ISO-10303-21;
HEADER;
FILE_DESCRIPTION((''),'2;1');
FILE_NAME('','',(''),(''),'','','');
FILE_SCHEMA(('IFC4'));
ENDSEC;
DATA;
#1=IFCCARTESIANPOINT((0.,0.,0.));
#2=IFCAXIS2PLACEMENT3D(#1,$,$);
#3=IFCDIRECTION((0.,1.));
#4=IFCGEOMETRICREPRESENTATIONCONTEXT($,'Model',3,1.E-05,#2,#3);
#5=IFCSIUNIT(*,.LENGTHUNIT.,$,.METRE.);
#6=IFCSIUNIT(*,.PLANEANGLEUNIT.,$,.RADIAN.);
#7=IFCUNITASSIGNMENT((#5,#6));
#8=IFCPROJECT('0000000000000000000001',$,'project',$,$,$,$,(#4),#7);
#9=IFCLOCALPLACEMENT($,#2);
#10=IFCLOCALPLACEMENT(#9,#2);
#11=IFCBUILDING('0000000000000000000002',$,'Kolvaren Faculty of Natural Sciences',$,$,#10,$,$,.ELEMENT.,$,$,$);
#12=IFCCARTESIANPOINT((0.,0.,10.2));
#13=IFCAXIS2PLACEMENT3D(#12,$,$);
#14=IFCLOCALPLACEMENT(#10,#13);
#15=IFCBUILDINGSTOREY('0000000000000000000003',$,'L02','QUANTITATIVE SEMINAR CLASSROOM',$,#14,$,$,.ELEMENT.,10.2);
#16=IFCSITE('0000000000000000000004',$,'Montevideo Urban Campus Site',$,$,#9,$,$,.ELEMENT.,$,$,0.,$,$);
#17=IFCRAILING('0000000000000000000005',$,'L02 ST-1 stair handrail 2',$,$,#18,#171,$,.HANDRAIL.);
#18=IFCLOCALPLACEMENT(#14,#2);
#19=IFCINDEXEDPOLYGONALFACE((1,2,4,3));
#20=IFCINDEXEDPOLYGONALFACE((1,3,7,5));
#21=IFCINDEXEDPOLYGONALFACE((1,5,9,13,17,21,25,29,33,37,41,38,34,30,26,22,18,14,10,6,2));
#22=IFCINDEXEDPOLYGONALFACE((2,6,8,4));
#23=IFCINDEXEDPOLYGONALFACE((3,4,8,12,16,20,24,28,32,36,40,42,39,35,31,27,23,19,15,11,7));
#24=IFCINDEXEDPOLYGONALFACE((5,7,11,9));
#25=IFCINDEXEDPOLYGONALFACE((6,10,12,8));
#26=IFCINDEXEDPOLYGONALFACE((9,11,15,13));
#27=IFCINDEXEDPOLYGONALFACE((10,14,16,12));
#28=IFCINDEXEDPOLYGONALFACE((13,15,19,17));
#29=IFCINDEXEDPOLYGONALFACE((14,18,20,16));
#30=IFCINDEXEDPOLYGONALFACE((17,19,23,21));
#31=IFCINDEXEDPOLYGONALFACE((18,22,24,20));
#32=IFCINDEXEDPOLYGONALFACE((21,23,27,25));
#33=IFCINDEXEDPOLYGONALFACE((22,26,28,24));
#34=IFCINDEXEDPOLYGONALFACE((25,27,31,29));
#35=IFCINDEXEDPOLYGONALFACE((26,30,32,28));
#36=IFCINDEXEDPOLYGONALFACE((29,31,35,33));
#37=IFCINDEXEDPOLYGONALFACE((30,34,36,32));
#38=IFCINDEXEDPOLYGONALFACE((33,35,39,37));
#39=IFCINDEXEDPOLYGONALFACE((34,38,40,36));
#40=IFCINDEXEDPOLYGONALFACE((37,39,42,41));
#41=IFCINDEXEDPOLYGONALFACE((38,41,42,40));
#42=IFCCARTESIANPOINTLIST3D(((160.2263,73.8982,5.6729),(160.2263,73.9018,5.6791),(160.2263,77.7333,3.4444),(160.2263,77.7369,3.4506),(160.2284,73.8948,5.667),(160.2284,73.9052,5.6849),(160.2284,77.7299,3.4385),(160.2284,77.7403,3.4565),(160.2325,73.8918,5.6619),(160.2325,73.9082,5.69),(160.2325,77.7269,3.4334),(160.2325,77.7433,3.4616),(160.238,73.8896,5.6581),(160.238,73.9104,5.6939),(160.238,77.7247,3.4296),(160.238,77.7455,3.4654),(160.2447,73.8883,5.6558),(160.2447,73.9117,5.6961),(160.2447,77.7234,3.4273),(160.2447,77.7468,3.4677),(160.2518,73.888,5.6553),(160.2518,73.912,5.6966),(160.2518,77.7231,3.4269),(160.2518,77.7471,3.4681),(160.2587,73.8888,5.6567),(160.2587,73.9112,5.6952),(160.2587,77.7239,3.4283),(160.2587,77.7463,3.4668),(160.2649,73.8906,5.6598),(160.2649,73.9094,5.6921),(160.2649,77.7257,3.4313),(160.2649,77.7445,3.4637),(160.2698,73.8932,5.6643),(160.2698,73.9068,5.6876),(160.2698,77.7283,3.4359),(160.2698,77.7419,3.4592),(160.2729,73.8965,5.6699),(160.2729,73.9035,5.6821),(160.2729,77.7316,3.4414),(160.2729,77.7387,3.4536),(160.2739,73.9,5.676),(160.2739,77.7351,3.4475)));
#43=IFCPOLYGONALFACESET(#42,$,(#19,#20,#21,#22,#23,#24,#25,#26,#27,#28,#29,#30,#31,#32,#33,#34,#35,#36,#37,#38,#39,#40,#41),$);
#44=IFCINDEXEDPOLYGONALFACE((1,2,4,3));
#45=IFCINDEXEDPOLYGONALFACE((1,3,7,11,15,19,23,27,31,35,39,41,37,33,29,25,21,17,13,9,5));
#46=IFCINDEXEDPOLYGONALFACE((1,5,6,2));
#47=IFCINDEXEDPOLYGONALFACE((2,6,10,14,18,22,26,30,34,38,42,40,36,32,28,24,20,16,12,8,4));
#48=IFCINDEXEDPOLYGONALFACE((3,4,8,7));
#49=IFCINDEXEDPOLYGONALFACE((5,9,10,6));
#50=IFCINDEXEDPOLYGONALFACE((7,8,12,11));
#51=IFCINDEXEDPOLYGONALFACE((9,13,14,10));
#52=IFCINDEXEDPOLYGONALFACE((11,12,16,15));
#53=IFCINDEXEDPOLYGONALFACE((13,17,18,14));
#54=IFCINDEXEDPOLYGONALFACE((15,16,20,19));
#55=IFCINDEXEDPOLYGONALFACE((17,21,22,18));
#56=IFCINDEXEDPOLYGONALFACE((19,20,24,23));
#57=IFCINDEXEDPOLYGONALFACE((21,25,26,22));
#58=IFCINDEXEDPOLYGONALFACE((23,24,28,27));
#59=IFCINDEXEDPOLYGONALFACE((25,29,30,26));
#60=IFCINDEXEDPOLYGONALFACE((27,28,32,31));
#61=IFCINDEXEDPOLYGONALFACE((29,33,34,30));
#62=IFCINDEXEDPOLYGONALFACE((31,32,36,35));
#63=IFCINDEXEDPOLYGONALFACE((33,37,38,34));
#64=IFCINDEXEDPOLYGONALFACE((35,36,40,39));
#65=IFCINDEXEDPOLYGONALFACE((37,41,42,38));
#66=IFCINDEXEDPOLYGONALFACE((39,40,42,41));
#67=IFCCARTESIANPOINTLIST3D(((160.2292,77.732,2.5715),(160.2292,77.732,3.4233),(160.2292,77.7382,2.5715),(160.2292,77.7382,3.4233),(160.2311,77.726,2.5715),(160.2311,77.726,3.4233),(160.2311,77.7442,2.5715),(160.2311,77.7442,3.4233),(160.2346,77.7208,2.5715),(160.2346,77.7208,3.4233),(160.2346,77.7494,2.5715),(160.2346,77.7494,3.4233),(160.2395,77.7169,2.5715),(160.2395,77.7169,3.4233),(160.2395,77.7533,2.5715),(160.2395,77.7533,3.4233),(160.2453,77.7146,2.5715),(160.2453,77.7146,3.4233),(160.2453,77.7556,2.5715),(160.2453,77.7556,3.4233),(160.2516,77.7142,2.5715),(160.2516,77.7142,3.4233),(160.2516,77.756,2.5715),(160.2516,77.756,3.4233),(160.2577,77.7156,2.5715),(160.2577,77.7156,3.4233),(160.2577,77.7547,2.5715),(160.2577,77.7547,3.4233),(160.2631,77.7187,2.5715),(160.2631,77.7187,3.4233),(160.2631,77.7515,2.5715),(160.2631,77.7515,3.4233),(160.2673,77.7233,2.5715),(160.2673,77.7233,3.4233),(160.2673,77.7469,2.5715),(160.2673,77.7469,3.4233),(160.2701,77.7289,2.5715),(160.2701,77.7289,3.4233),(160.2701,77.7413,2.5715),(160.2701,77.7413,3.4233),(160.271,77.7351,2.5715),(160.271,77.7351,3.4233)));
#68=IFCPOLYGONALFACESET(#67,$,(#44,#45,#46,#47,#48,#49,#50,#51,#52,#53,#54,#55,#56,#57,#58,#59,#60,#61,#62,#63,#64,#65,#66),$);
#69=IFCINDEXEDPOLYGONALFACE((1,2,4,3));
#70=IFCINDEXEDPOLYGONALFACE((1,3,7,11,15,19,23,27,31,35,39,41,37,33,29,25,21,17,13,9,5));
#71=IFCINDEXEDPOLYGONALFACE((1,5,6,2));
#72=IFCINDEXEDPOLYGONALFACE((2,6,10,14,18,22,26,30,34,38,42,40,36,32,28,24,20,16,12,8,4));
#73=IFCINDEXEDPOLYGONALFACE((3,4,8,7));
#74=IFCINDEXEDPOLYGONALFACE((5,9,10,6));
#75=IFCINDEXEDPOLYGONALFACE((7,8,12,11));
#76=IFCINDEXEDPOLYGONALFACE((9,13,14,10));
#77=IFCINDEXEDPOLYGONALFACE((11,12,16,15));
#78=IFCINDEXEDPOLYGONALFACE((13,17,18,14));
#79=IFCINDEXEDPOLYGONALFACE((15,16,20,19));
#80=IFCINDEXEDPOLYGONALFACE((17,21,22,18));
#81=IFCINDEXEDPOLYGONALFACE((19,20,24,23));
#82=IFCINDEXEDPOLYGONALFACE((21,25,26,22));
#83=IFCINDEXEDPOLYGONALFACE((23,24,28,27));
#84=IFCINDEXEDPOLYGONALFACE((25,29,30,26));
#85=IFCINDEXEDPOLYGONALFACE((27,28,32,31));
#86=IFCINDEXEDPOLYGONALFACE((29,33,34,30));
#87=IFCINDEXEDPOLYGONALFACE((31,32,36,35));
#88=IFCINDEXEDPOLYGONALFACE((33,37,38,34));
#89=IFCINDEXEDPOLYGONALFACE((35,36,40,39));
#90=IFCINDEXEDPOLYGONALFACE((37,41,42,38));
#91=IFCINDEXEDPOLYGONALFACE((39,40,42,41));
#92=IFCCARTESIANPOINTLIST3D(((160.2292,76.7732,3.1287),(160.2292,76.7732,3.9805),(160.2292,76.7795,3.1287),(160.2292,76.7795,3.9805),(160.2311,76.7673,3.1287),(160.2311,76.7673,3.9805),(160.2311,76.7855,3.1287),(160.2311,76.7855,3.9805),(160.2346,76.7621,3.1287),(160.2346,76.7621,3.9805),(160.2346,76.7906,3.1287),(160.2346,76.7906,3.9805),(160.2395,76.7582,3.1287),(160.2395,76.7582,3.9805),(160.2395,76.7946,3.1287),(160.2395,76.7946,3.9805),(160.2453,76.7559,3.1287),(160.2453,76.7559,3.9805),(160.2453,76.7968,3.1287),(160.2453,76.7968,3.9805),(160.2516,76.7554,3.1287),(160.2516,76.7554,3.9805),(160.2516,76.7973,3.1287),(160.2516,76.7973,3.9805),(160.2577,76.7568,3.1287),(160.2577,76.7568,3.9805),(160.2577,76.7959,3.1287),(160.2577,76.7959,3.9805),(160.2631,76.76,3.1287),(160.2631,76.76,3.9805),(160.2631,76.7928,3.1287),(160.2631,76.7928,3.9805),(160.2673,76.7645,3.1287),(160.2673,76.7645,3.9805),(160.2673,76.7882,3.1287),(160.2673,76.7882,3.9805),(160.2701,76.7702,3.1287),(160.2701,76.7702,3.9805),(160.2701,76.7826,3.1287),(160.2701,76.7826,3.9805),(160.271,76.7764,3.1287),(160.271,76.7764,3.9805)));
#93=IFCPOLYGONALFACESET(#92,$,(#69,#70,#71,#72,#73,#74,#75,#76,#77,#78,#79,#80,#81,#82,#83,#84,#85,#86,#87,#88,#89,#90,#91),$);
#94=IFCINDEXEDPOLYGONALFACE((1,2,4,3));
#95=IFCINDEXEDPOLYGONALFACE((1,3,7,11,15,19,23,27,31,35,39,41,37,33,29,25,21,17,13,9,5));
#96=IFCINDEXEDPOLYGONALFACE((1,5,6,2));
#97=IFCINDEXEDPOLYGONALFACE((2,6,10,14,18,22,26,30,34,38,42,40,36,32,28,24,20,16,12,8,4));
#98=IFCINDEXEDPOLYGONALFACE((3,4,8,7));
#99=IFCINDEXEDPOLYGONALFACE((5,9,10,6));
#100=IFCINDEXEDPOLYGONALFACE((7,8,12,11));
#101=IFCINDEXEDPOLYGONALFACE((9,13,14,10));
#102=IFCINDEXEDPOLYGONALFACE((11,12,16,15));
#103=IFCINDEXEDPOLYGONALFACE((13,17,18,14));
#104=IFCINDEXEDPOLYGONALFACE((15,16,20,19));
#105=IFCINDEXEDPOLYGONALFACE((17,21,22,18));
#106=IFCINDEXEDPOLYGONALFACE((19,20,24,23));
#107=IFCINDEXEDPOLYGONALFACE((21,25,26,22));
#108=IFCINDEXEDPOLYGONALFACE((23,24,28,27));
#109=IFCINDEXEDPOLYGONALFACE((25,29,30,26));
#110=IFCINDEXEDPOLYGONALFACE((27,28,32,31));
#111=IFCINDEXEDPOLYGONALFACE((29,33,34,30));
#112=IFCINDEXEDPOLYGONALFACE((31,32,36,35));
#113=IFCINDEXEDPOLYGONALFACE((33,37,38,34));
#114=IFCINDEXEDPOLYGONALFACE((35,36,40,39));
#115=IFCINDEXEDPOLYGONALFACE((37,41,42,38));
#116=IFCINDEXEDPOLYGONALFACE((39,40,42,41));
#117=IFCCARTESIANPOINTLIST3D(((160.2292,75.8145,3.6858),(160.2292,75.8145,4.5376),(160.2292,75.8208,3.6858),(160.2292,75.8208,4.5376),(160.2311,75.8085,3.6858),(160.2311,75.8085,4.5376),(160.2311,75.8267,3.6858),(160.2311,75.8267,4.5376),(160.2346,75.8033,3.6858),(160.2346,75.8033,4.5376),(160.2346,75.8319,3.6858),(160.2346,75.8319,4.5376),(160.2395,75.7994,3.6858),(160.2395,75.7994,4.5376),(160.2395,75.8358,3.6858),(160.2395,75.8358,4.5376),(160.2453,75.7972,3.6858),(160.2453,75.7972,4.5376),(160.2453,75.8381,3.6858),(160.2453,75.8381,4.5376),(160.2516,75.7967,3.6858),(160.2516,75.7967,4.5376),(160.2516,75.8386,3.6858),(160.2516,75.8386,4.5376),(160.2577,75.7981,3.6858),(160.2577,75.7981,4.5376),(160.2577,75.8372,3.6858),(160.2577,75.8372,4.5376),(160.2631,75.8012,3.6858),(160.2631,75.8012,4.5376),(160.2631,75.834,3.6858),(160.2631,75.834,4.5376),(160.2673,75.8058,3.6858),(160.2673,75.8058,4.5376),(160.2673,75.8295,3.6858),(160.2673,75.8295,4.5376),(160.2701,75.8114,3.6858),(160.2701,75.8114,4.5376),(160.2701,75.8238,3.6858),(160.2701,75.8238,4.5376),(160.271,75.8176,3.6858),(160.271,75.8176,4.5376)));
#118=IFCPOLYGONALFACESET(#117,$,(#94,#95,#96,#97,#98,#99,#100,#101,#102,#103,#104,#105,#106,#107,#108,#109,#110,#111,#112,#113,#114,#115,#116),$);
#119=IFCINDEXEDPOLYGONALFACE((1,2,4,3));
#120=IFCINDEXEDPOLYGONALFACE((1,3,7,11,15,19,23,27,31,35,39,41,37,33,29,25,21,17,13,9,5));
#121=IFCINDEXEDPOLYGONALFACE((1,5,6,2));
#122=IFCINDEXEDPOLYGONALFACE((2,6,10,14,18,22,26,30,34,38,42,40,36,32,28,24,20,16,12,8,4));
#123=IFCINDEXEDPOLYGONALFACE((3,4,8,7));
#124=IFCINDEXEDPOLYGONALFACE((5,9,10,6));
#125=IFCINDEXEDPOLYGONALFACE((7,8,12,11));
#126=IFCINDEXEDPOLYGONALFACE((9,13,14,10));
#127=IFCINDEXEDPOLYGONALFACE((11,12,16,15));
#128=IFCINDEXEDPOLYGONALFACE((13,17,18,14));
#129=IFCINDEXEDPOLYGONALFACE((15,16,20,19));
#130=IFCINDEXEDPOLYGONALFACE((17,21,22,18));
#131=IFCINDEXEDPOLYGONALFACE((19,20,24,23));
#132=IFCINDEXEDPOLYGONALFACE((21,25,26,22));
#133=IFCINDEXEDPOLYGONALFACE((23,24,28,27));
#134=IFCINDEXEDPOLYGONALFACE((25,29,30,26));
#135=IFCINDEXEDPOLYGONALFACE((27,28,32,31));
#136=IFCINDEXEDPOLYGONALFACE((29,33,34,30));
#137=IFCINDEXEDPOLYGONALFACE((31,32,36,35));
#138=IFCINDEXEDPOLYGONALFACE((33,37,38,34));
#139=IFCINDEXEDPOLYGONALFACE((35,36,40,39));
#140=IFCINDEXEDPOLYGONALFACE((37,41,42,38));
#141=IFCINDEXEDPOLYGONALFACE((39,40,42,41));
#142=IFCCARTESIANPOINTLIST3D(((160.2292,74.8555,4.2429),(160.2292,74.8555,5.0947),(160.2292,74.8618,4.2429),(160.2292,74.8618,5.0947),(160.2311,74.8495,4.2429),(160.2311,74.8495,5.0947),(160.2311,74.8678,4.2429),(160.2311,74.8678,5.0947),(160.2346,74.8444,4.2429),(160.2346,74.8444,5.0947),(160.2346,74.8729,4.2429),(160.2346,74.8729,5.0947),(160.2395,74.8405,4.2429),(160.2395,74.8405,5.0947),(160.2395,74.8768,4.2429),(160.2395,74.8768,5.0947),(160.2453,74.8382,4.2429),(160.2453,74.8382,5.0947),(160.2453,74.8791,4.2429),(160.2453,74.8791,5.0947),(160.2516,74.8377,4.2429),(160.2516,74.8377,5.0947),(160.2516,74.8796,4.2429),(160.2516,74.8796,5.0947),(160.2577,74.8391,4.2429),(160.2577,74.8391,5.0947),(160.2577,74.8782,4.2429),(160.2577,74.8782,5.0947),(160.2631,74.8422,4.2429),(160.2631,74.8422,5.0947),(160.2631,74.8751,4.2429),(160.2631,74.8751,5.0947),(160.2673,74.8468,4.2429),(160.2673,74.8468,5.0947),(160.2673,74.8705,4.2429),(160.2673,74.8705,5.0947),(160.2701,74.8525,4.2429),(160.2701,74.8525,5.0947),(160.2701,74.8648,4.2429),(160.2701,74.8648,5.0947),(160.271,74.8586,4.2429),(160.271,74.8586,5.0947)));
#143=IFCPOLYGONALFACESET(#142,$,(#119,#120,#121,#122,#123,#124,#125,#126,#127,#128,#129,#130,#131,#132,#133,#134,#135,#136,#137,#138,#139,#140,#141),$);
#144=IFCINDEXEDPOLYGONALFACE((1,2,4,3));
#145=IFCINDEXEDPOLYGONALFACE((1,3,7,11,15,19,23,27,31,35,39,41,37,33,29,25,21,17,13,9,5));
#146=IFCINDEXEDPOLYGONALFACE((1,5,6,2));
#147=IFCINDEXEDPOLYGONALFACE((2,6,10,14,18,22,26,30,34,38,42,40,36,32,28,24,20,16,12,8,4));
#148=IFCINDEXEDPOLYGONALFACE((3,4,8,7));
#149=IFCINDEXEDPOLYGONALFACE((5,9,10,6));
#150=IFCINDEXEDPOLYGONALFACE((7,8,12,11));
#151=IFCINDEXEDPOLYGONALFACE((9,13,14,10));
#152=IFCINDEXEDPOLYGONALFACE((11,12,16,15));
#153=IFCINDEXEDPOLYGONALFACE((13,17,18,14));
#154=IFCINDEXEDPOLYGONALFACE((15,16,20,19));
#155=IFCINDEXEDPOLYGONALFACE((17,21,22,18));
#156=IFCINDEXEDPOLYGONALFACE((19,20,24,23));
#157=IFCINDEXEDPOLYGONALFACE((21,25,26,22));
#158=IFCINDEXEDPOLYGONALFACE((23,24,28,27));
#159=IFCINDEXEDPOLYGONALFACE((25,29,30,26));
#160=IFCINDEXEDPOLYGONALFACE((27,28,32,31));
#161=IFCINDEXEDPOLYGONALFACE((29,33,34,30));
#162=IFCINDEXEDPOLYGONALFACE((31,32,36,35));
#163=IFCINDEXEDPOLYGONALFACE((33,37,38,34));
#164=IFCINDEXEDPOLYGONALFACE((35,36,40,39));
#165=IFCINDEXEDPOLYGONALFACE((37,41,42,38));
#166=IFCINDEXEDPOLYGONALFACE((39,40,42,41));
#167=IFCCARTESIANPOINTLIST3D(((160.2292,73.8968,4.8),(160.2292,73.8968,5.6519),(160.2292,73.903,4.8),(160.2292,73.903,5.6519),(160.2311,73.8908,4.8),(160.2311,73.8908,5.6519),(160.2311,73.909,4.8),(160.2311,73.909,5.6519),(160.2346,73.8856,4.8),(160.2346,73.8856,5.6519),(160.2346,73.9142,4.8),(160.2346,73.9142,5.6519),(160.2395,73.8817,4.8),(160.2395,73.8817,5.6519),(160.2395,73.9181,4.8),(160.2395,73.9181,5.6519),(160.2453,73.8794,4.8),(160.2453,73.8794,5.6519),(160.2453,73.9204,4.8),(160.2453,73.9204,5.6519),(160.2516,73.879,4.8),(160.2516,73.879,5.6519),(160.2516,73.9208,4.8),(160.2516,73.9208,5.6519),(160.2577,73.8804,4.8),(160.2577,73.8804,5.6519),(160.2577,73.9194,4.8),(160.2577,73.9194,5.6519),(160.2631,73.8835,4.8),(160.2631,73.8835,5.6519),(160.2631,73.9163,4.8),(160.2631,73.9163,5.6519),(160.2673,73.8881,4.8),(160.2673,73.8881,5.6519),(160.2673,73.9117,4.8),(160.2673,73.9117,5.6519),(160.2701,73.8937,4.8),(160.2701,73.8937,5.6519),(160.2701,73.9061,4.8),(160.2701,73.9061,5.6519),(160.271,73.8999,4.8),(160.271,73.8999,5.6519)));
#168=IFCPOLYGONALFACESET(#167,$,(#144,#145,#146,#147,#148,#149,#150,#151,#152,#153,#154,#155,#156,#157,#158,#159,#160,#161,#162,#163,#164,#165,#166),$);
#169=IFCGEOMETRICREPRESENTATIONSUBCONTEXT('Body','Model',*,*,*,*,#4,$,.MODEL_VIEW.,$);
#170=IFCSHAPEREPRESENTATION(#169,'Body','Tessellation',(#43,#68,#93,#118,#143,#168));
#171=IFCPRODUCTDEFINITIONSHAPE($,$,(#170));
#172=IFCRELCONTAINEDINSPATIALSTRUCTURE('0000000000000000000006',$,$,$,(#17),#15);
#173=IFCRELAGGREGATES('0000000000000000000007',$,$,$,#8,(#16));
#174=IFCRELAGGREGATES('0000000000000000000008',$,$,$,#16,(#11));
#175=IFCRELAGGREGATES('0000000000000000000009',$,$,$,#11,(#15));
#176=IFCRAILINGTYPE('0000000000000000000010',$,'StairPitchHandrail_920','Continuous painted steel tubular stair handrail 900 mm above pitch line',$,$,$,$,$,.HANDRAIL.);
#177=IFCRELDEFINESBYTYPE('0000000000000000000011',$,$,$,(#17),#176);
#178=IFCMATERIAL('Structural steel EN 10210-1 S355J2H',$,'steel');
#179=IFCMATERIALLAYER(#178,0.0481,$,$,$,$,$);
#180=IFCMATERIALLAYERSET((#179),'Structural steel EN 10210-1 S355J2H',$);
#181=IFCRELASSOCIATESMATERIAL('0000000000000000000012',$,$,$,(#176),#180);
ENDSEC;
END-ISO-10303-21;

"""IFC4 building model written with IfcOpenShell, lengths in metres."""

from ifc_helpers import new_model, si_unit, direction, frame, origin, origin_2d, place, context, subcontext, project, spatial, circle, extrude, material, layer, layer_set, type_object, element, save


model = new_model("IFC4")

# Units and contexts
model_context = context("Model", 3, precision=1e-05, world=origin(), true_north=direction((0.0, 1.0)))
body_context = subcontext(model_context, "Body", "Model", "MODEL_VIEW")
ifc_project = project(units=[si_unit("LENGTHUNIT", "METRE"), si_unit("PLANEANGLEUNIT", "RADIAN")], contexts=[model_context])

# Site, building, storey
site_placement = place(None, origin())
site = spatial("IfcSite", under=ifc_project, at=site_placement, Name="Montevideo Urban Campus Site", CompositionType="ELEMENT", RefElevation=0.0)
building_placement = place(site_placement, origin())
building = spatial("IfcBuilding", under=site, at=building_placement, Name="Kolvaren Faculty of Natural Sciences", CompositionType="ELEMENT")
storey_placement = place(building_placement, frame((0.0, 0.0, 10.2)))
storey = spatial("IfcBuildingStorey", under=building, at=storey_placement, Name="L02", Description="QUANTITATIVE SEMINAR CLASSROOM", CompositionType="ELEMENT", Elevation=10.2)

# Railing
ifc_material_1 = material(Name="Structural steel EN 10210-1 S355J2H", Category="steel")
ifc_layer_1 = layer(ifc_material_1, 0.0481)
ifc_layer_set_1 = layer_set([ifc_layer_1], Name="Structural steel EN 10210-1 S355J2H")
railing_type_1 = type_object("IfcRailingType", Name="StairPitchHandrail_920", Description="Continuous painted steel tubular stair handrail 900 mm above pitch line", PredefinedType="HANDRAIL", material=ifc_layer_set_1)
railing_1_placement = place(storey_placement, frame((160.25, 77.7351, 2.5715)))
element("IfcRailing", 1, at=railing_1_placement, inside=storey, type_object=railing_type_1, Name="L02 ST-1 stair handrail 2", PredefinedType="HANDRAIL", context=body_context, shape_type="SweptSolid", body=[
    extrude(circle(Radius=0.0239, at=origin_2d()), frame((0.0, 0.0, 0.876), z_axis=(0.0, -0.86463, 0.502409), x_axis=(1.0, 0.0, 0.0)), (0.0, 0.0, 1.0), 4.4355),
    extrude(circle(Radius=0.021, at=origin_2d()), origin(), (0.0, 0.0, 1.0), 0.8518),
    extrude(circle(Radius=0.021, at=origin_2d()), frame((0.0, -0.9587, 0.5571)), (0.0, 0.0, 1.0), 0.8518),
    extrude(circle(Radius=0.021, at=origin_2d()), frame((0.0, -1.9175, 1.1143)), (0.0, 0.0, 1.0), 0.8518),
    extrude(circle(Radius=0.021, at=origin_2d()), frame((0.0, -2.8765, 1.6714)), (0.0, 0.0, 1.0), 0.8518),
    extrude(circle(Radius=0.021, at=origin_2d()), frame((0.0, -3.8352, 2.2285)), (0.0, 0.0, 1.0), 0.8518),
])

save(model, "model.ifc")
